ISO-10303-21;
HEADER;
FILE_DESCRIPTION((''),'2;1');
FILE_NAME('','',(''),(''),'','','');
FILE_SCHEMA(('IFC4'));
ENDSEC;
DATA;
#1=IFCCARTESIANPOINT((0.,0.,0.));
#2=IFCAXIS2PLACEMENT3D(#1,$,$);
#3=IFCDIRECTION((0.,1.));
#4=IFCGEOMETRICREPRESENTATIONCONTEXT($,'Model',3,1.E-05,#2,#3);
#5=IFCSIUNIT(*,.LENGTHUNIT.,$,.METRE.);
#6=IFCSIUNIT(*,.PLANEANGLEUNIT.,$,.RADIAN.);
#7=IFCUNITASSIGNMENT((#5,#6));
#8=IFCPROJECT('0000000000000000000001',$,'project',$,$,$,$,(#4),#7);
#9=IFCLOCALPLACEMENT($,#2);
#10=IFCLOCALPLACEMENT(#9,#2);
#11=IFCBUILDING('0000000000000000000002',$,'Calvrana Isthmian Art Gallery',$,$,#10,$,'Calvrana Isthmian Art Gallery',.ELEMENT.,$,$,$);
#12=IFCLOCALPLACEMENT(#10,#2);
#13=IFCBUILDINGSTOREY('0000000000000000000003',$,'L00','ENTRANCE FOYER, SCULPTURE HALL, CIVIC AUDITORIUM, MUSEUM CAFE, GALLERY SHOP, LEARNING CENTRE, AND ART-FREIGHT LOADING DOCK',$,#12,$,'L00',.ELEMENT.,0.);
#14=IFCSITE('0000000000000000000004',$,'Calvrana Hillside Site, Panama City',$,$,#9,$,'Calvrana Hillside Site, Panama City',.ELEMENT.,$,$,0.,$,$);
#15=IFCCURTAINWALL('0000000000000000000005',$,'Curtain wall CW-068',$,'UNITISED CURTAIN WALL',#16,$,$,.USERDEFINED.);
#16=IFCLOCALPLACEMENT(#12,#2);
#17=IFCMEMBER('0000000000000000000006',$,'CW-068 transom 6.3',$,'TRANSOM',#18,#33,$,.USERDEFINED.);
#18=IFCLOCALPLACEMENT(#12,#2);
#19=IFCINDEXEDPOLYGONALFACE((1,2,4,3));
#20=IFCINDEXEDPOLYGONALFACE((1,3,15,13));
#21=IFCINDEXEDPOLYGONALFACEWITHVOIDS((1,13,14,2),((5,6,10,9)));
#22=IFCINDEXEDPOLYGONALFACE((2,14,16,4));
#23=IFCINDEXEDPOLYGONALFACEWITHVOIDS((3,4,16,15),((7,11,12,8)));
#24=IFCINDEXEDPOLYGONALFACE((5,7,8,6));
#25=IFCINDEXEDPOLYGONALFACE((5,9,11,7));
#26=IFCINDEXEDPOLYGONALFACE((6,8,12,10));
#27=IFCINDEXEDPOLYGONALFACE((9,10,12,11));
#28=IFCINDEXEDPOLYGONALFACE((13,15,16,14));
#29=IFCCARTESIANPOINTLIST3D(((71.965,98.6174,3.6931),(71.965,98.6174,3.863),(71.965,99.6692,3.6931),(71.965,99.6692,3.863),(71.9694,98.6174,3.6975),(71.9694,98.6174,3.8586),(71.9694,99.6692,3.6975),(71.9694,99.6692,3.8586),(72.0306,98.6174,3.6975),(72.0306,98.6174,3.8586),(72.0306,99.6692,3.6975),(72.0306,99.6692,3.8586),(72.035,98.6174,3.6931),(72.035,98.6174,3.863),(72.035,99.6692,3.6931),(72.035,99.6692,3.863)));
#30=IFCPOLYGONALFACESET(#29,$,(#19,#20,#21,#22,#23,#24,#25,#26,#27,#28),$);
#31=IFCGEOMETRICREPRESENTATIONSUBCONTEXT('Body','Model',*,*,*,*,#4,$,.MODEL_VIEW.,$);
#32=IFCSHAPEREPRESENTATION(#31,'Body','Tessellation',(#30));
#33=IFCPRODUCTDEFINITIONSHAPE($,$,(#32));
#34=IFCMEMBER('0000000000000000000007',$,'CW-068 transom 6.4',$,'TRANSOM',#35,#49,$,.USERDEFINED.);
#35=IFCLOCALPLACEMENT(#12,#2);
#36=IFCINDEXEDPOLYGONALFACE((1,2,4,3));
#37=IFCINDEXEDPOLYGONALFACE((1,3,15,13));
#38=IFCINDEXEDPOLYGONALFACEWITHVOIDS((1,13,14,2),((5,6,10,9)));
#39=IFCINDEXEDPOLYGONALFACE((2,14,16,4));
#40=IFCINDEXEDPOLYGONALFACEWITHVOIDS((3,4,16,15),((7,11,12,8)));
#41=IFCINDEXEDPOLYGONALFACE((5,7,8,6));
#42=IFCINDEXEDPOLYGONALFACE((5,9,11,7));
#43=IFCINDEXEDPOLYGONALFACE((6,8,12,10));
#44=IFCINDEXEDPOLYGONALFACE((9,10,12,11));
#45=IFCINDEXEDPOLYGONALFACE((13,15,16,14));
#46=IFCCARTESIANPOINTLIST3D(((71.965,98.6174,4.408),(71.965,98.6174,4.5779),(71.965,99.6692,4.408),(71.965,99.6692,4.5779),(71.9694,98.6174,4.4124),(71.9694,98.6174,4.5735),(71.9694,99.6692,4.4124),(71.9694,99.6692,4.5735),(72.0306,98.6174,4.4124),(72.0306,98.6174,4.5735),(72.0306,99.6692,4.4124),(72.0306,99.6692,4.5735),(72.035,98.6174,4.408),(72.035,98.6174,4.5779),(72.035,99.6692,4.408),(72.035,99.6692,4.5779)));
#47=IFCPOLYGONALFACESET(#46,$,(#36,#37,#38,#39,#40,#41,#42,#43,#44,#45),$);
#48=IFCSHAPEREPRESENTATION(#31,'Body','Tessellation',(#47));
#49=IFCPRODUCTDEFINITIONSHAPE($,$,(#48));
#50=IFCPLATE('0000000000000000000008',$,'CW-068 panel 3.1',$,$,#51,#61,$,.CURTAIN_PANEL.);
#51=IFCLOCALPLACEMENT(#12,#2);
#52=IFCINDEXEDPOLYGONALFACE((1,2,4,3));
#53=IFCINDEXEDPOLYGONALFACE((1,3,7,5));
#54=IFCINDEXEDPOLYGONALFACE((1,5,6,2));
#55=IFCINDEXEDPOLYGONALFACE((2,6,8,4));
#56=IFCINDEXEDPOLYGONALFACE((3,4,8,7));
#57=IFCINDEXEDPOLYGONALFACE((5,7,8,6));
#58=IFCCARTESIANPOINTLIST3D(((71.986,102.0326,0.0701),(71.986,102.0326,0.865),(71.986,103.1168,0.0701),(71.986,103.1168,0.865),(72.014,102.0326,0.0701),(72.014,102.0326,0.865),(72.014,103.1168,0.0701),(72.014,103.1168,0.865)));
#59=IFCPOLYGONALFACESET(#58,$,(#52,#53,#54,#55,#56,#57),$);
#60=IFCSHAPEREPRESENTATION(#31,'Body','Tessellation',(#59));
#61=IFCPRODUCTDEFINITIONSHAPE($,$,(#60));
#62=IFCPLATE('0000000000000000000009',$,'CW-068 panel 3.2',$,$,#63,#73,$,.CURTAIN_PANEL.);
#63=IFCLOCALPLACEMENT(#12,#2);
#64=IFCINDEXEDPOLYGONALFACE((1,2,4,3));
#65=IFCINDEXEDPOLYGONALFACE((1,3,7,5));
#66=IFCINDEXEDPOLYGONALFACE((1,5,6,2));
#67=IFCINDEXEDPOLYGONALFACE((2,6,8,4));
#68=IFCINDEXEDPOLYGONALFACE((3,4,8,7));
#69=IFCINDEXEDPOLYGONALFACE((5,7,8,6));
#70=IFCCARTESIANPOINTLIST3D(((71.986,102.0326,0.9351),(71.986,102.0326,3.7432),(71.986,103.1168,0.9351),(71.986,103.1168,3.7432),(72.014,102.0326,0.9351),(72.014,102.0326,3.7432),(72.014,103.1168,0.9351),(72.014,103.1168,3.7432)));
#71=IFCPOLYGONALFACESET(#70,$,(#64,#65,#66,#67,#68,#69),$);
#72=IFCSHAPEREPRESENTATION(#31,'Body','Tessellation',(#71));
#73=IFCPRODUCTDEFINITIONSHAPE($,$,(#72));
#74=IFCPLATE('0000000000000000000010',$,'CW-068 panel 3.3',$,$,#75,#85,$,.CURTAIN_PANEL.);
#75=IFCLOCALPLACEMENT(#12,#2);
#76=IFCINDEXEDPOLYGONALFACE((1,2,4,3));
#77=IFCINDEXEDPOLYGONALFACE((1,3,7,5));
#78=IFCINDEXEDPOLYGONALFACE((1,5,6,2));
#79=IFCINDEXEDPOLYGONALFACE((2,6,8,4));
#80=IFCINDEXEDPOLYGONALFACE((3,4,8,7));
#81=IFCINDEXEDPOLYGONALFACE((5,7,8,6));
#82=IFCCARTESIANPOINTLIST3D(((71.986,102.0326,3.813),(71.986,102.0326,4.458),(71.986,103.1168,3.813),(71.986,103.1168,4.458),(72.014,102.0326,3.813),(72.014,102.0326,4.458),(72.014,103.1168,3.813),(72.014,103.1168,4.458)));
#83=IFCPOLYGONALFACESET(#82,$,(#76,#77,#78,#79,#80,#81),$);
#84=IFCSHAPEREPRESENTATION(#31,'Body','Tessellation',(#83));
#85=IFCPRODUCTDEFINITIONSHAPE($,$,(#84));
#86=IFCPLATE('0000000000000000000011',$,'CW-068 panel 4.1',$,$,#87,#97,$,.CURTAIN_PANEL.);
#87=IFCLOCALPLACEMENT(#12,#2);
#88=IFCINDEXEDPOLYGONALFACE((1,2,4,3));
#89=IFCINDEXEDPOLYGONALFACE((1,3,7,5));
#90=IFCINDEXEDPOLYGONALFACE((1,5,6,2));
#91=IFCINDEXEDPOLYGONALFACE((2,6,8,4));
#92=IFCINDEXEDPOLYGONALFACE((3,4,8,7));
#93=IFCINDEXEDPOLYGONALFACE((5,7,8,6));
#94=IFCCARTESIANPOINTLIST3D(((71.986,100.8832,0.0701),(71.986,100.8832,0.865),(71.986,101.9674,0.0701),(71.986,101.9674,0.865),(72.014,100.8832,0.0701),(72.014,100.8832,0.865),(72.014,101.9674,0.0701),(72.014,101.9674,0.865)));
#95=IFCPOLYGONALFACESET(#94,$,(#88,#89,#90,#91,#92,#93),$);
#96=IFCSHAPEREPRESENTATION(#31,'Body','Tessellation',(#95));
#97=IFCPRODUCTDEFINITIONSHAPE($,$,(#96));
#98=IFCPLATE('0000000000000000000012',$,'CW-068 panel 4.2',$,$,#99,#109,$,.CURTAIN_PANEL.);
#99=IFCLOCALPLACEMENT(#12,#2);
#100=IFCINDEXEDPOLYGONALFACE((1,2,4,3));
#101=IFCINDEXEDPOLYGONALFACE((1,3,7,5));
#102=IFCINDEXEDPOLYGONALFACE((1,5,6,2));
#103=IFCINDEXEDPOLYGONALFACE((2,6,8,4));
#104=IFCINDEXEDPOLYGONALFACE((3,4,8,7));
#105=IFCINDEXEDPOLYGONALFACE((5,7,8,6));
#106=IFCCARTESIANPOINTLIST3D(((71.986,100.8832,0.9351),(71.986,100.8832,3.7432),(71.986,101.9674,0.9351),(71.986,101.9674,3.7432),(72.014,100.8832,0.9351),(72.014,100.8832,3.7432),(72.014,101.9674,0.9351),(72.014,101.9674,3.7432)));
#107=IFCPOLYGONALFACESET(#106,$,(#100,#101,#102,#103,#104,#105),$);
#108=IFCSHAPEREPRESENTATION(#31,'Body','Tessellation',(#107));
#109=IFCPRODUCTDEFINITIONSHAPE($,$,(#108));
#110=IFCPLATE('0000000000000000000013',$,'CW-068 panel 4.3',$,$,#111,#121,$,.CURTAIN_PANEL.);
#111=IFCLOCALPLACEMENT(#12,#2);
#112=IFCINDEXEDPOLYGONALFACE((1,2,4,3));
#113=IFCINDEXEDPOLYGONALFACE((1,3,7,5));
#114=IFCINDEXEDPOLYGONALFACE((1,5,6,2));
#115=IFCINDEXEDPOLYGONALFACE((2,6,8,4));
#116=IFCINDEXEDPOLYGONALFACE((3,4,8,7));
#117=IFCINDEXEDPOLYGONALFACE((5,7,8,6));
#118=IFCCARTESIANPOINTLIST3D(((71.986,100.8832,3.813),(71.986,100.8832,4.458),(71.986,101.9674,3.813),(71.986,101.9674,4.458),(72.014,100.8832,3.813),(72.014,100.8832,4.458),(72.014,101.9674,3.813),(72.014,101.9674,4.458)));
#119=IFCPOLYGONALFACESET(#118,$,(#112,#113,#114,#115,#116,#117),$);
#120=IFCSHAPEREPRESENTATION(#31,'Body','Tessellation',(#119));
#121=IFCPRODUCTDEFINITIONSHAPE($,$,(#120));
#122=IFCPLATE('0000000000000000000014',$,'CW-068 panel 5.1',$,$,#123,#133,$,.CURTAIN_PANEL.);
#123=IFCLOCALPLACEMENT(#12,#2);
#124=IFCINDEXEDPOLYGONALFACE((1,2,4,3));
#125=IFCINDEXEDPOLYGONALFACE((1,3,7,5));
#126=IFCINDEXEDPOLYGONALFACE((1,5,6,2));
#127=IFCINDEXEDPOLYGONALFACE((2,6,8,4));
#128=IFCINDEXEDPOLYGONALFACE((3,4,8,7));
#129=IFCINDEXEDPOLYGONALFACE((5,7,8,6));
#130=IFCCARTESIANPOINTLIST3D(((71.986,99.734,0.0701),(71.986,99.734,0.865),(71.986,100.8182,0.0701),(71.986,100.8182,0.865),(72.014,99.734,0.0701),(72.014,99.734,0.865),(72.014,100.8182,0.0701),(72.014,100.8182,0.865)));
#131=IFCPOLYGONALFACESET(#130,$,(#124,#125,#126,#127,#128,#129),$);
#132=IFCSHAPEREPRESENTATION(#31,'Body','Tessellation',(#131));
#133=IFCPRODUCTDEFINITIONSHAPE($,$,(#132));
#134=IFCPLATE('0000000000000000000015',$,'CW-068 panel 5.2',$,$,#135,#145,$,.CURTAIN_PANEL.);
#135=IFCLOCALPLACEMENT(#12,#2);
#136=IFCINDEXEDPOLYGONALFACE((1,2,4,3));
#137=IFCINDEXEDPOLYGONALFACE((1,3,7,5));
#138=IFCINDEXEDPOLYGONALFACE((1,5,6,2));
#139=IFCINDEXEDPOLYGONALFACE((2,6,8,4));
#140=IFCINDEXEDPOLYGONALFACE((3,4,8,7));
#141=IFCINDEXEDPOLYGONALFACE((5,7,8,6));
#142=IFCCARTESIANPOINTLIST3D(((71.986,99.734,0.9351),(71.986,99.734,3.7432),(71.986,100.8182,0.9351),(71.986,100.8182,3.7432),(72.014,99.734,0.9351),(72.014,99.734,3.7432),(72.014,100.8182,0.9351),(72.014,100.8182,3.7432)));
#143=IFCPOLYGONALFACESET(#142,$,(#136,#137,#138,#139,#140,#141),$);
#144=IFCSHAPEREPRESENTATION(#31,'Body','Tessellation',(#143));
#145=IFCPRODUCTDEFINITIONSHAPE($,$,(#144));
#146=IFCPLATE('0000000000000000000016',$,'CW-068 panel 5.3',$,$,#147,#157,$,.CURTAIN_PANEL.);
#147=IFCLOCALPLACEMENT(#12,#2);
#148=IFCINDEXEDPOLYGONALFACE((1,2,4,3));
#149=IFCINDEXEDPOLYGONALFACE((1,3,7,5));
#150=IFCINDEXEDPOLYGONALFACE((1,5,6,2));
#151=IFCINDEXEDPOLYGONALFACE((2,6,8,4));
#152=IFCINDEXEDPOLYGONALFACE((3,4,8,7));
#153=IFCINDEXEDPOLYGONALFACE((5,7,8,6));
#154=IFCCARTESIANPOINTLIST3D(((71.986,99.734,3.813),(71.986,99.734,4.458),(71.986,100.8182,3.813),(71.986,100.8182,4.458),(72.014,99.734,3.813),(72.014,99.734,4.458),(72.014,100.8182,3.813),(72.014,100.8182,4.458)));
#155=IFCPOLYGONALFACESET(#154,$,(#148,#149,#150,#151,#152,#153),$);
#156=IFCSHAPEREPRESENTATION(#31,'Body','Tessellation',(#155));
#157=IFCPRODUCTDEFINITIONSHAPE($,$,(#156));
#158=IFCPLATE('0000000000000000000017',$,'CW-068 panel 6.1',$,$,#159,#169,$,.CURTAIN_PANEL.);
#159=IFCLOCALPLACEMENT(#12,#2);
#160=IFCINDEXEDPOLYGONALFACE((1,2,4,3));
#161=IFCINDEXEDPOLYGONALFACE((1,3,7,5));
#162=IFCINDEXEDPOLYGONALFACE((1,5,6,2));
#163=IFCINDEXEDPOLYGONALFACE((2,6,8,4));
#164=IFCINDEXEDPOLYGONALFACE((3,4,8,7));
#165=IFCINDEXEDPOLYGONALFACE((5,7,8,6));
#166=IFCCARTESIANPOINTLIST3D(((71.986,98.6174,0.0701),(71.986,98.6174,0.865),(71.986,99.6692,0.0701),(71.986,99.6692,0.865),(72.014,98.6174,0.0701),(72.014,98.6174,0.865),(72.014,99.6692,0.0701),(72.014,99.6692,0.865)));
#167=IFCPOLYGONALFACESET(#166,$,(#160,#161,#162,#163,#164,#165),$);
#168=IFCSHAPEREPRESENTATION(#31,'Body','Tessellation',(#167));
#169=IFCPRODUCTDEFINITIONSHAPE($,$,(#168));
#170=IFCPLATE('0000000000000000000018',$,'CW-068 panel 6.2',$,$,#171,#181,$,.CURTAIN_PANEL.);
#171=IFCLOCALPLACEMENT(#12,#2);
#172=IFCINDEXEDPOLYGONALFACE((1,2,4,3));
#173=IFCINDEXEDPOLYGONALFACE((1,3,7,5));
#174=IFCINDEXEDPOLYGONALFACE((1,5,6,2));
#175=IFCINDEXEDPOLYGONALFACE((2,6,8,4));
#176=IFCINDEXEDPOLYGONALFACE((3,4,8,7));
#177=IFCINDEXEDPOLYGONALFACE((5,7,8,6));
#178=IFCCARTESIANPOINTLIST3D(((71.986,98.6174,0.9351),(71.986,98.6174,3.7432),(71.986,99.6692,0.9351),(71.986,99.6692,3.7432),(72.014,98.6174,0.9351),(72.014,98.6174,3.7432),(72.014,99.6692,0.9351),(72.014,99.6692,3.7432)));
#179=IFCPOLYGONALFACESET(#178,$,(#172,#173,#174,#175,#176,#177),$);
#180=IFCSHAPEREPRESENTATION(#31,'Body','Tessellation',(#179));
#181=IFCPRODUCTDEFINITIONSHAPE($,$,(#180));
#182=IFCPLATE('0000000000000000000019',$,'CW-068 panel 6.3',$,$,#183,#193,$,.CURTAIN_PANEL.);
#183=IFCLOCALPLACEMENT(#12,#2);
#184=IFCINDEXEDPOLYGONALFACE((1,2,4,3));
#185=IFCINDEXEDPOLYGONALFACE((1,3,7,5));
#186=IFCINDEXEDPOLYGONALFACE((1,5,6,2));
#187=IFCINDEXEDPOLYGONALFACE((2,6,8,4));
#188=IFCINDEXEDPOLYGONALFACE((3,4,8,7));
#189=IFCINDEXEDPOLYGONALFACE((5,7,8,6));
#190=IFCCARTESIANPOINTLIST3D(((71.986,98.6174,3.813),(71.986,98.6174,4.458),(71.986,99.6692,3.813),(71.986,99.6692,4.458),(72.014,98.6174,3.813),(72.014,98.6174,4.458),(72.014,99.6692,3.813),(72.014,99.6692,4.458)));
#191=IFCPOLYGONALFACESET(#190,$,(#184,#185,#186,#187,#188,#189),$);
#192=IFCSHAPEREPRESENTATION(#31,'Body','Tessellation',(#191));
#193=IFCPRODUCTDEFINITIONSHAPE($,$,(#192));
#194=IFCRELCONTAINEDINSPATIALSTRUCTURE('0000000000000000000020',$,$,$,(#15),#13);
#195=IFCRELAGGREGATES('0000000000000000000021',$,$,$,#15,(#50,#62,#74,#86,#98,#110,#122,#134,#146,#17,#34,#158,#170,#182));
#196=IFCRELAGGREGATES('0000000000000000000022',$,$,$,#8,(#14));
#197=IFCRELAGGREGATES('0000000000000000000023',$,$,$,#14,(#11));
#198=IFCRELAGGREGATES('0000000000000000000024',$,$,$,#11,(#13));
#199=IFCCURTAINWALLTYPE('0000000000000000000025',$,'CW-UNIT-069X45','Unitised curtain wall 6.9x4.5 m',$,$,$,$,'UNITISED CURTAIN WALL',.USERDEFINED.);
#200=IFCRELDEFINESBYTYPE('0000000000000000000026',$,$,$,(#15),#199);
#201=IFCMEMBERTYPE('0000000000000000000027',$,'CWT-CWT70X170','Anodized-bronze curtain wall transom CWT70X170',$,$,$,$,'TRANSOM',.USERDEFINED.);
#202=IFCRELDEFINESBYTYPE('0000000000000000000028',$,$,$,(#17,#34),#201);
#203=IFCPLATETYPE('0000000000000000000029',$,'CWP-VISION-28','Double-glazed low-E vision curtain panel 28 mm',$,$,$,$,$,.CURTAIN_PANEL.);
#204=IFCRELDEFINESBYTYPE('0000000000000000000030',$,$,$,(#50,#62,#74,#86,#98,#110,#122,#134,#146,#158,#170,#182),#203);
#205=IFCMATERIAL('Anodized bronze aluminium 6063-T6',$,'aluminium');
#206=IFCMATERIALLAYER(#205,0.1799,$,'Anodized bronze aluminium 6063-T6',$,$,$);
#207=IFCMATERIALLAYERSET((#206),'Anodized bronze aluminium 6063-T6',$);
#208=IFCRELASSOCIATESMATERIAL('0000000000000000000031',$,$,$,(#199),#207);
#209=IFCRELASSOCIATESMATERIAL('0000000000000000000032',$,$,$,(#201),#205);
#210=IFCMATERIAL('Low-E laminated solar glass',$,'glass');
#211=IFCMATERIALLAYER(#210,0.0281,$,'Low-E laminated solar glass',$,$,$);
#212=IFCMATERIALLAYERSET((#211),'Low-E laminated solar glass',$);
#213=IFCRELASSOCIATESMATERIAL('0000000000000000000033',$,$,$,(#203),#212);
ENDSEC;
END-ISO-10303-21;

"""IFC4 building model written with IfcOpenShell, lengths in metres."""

from ifc_helpers import new_model, si_unit, direction, frame, origin, origin_2d, place, context, subcontext, project, spatial, rectangle, hollow_rectangle, extrude, material, layer, layer_set, material_profile, profile_set, type_object, element, aggregate, save


model = new_model("IFC4")

# Units and contexts
model_context = context("Model", 3, precision=1e-05, world=origin(), true_north=direction((0.0, 1.0)))
body_context = subcontext(model_context, "Body", "Model", "MODEL_VIEW")
ifc_project = project(units=[si_unit("LENGTHUNIT", "METRE"), si_unit("PLANEANGLEUNIT", "RADIAN")], contexts=[model_context])

# Site, building, storey
site_placement = place(None, origin())
site = spatial("IfcSite", under=ifc_project, at=site_placement, Name="Calvrana Hillside Site, Panama City", LongName="Calvrana Hillside Site, Panama City", CompositionType="ELEMENT", RefElevation=0.0)
building_placement = place(site_placement, origin())
building = spatial("IfcBuilding", under=site, at=building_placement, Name="Calvrana Isthmian Art Gallery", LongName="Calvrana Isthmian Art Gallery", CompositionType="ELEMENT")
storey_placement = place(building_placement, origin())
storey = spatial("IfcBuildingStorey", under=building, at=storey_placement, Name="L00", Description="ENTRANCE FOYER, SCULPTURE HALL, CIVIC AUDITORIUM, MUSEUM CAFE, GALLERY SHOP, LEARNING CENTRE, AND ART-FREIGHT LOADING DOCK", LongName="L00", CompositionType="ELEMENT", Elevation=0.0)

# Curtain wall, members, plates
ifc_material_1 = material(Name="Anodized bronze aluminium 6063-T6", Category="aluminium")
ifc_layer_1 = layer(ifc_material_1, 0.1799, Name="Anodized bronze aluminium 6063-T6")
ifc_layer_set_1 = layer_set([ifc_layer_1], Name="Anodized bronze aluminium 6063-T6")
curtain_wall_type = type_object("IfcCurtainWallType", Name="CW-UNIT-069X45", Description="Unitised curtain wall 6.9x4.5 m", ElementType="UNITISED CURTAIN WALL", PredefinedType="USERDEFINED", material=ifc_layer_set_1)
curtain_wall_placement = place(storey_placement, origin())
curtain_wall = element("IfcCurtainWall", 1, at=curtain_wall_placement, inside=storey, type_object=curtain_wall_type, Name="Curtain wall CW-068", ObjectType="UNITISED CURTAIN WALL", PredefinedType="USERDEFINED")
ifc_material_profile_1 = material_profile(ifc_material_1, hollow_rectangle(XDim=0.0701, YDim=0.1699, WallThickness=0.0044, at=origin_2d()), Name="CWT70X170")
ifc_profile_set_1 = profile_set([ifc_material_profile_1], Name="Anodized bronze aluminium 6063-T6")
member_type_1 = type_object("IfcMemberType", Name="CWT-CWT70X170", Description="Anodized-bronze curtain wall transom CWT70X170", ElementType="TRANSOM", PredefinedType="USERDEFINED", material=ifc_profile_set_1)
member_1_placement = place(storey_placement, frame((72.0, 99.6692, 3.7781), z_axis=(0.0, -1.0, 0.0), x_axis=(1.0, 0.0, 0.0)))
member_1 = element("IfcMember", 2, at=member_1_placement, type_object=member_type_1, Name="CW-068 transom 6.3", ObjectType="TRANSOM", PredefinedType="USERDEFINED", context=body_context, shape_type="SweptSolid", body=[
    extrude(hollow_rectangle(XDim=0.0701, YDim=0.1699, WallThickness=0.0044, at=origin_2d()), origin(), (0.0, 0.0, 1.0), 1.0518),
])
member_2_placement = place(storey_placement, frame((72.0, 99.6692, 4.4929), z_axis=(0.0, -1.0, 0.0), x_axis=(1.0, 0.0, 0.0)))
member_2 = element("IfcMember", 3, at=member_2_placement, type_object=member_type_1, Name="CW-068 transom 6.4", ObjectType="TRANSOM", PredefinedType="USERDEFINED", context=body_context, shape_type="SweptSolid", body=[
    extrude(hollow_rectangle(XDim=0.0701, YDim=0.1699, WallThickness=0.0044, at=origin_2d()), origin(), (0.0, 0.0, 1.0), 1.0518),
])
ifc_material_2 = material(Name="Low-E laminated solar glass", Category="glass")
ifc_layer_2 = layer(ifc_material_2, 0.0281, Name="Low-E laminated solar glass")
ifc_layer_set_2 = layer_set([ifc_layer_2], Name="Low-E laminated solar glass")
plate_type_1 = type_object("IfcPlateType", Name="CWP-VISION-28", Description="Double-glazed low-E vision curtain panel 28 mm", PredefinedType="CURTAIN_PANEL", material=ifc_layer_set_2)
plate_1_placement = place(storey_placement, frame((72.0, 102.5747, 0.0701), z_axis=(0.0, 0.0, 1.0), x_axis=(0.0, -1.0, 0.0)))
plate_1 = element("IfcPlate", 4, at=plate_1_placement, type_object=plate_type_1, Name="CW-068 panel 3.1", PredefinedType="CURTAIN_PANEL", context=body_context, shape_type="SweptSolid", body=[
    extrude(rectangle(XDim=1.0842, YDim=0.0281, at=origin_2d()), origin(), (0.0, 0.0, 1.0), 0.7949),
])
plate_2_placement = place(storey_placement, frame((72.0, 102.5747, 0.9351), z_axis=(0.0, 0.0, 1.0), x_axis=(0.0, -1.0, 0.0)))
plate_2 = element("IfcPlate", 5, at=plate_2_placement, type_object=plate_type_1, Name="CW-068 panel 3.2", PredefinedType="CURTAIN_PANEL", context=body_context, shape_type="SweptSolid", body=[
    extrude(rectangle(XDim=1.0842, YDim=0.0281, at=origin_2d()), origin(), (0.0, 0.0, 1.0), 2.8081),
])
plate_3_placement = place(storey_placement, frame((72.0, 102.5747, 3.813), z_axis=(0.0, 0.0, 1.0), x_axis=(0.0, -1.0, 0.0)))
plate_3 = element("IfcPlate", 6, at=plate_3_placement, type_object=plate_type_1, Name="CW-068 panel 3.3", PredefinedType="CURTAIN_PANEL", context=body_context, shape_type="SweptSolid", body=[
    extrude(rectangle(XDim=1.0842, YDim=0.0281, at=origin_2d()), origin(), (0.0, 0.0, 1.0), 0.645),
])
plate_4_placement = place(storey_placement, frame((72.0, 101.4253, 0.0701), z_axis=(0.0, 0.0, 1.0), x_axis=(0.0, -1.0, 0.0)))
plate_4 = element("IfcPlate", 7, at=plate_4_placement, type_object=plate_type_1, Name="CW-068 panel 4.1", PredefinedType="CURTAIN_PANEL", context=body_context, shape_type="SweptSolid", body=[
    extrude(rectangle(XDim=1.0842, YDim=0.0281, at=origin_2d()), origin(), (0.0, 0.0, 1.0), 0.7949),
])
plate_5_placement = place(storey_placement, frame((72.0, 101.4253, 0.9351), z_axis=(0.0, 0.0, 1.0), x_axis=(0.0, -1.0, 0.0)))
plate_5 = element("IfcPlate", 8, at=plate_5_placement, type_object=plate_type_1, Name="CW-068 panel 4.2", PredefinedType="CURTAIN_PANEL", context=body_context, shape_type="SweptSolid", body=[
    extrude(rectangle(XDim=1.0842, YDim=0.0281, at=origin_2d()), origin(), (0.0, 0.0, 1.0), 2.8081),
])
plate_6_placement = place(storey_placement, frame((72.0, 101.4253, 3.813), z_axis=(0.0, 0.0, 1.0), x_axis=(0.0, -1.0, 0.0)))
plate_6 = element("IfcPlate", 9, at=plate_6_placement, type_object=plate_type_1, Name="CW-068 panel 4.3", PredefinedType="CURTAIN_PANEL", context=body_context, shape_type="SweptSolid", body=[
    extrude(rectangle(XDim=1.0842, YDim=0.0281, at=origin_2d()), origin(), (0.0, 0.0, 1.0), 0.645),
])
plate_7_placement = place(storey_placement, frame((72.0, 100.2761, 0.0701), z_axis=(0.0, 0.0, 1.0), x_axis=(0.0, -1.0, 0.0)))
plate_7 = element("IfcPlate", 10, at=plate_7_placement, type_object=plate_type_1, Name="CW-068 panel 5.1", PredefinedType="CURTAIN_PANEL", context=body_context, shape_type="SweptSolid", body=[
    extrude(rectangle(XDim=1.0842, YDim=0.0281, at=origin_2d()), origin(), (0.0, 0.0, 1.0), 0.7949),
])
plate_8_placement = place(storey_placement, frame((72.0, 100.2761, 0.9351), z_axis=(0.0, 0.0, 1.0), x_axis=(0.0, -1.0, 0.0)))
plate_8 = element("IfcPlate", 11, at=plate_8_placement, type_object=plate_type_1, Name="CW-068 panel 5.2", PredefinedType="CURTAIN_PANEL", context=body_context, shape_type="SweptSolid", body=[
    extrude(rectangle(XDim=1.0842, YDim=0.0281, at=origin_2d()), origin(), (0.0, 0.0, 1.0), 2.8081),
])
plate_9_placement = place(storey_placement, frame((72.0, 100.2761, 3.813), z_axis=(0.0, 0.0, 1.0), x_axis=(0.0, -1.0, 0.0)))
plate_9 = element("IfcPlate", 12, at=plate_9_placement, type_object=plate_type_1, Name="CW-068 panel 5.3", PredefinedType="CURTAIN_PANEL", context=body_context, shape_type="SweptSolid", body=[
    extrude(rectangle(XDim=1.0842, YDim=0.0281, at=origin_2d()), origin(), (0.0, 0.0, 1.0), 0.645),
])
plate_10_placement = place(storey_placement, frame((72.0, 99.1433, 0.0701), z_axis=(0.0, 0.0, 1.0), x_axis=(0.0, -1.0, 0.0)))
plate_10 = element("IfcPlate", 13, at=plate_10_placement, type_object=plate_type_1, Name="CW-068 panel 6.1", PredefinedType="CURTAIN_PANEL", context=body_context, shape_type="SweptSolid", body=[
    extrude(rectangle(XDim=1.0518, YDim=0.0281, at=origin_2d()), origin(), (0.0, 0.0, 1.0), 0.7949),
])
plate_11_placement = place(storey_placement, frame((72.0, 99.1433, 0.9351), z_axis=(0.0, 0.0, 1.0), x_axis=(0.0, -1.0, 0.0)))
plate_11 = element("IfcPlate", 14, at=plate_11_placement, type_object=plate_type_1, Name="CW-068 panel 6.2", PredefinedType="CURTAIN_PANEL", context=body_context, shape_type="SweptSolid", body=[
    extrude(rectangle(XDim=1.0518, YDim=0.0281, at=origin_2d()), origin(), (0.0, 0.0, 1.0), 2.8081),
])
plate_12_placement = place(storey_placement, frame((72.0, 99.1433, 3.813), z_axis=(0.0, 0.0, 1.0), x_axis=(0.0, -1.0, 0.0)))
plate_12 = element("IfcPlate", 15, at=plate_12_placement, type_object=plate_type_1, Name="CW-068 panel 6.3", PredefinedType="CURTAIN_PANEL", context=body_context, shape_type="SweptSolid", body=[
    extrude(rectangle(XDim=1.0518, YDim=0.0281, at=origin_2d()), origin(), (0.0, 0.0, 1.0), 0.645),
])
aggregate(curtain_wall, [plate_1, plate_2, plate_3, plate_4, plate_5, plate_6, plate_7, plate_8, plate_9, member_1, member_2, plate_10, plate_11, plate_12])

save(model, "model.ifc")
